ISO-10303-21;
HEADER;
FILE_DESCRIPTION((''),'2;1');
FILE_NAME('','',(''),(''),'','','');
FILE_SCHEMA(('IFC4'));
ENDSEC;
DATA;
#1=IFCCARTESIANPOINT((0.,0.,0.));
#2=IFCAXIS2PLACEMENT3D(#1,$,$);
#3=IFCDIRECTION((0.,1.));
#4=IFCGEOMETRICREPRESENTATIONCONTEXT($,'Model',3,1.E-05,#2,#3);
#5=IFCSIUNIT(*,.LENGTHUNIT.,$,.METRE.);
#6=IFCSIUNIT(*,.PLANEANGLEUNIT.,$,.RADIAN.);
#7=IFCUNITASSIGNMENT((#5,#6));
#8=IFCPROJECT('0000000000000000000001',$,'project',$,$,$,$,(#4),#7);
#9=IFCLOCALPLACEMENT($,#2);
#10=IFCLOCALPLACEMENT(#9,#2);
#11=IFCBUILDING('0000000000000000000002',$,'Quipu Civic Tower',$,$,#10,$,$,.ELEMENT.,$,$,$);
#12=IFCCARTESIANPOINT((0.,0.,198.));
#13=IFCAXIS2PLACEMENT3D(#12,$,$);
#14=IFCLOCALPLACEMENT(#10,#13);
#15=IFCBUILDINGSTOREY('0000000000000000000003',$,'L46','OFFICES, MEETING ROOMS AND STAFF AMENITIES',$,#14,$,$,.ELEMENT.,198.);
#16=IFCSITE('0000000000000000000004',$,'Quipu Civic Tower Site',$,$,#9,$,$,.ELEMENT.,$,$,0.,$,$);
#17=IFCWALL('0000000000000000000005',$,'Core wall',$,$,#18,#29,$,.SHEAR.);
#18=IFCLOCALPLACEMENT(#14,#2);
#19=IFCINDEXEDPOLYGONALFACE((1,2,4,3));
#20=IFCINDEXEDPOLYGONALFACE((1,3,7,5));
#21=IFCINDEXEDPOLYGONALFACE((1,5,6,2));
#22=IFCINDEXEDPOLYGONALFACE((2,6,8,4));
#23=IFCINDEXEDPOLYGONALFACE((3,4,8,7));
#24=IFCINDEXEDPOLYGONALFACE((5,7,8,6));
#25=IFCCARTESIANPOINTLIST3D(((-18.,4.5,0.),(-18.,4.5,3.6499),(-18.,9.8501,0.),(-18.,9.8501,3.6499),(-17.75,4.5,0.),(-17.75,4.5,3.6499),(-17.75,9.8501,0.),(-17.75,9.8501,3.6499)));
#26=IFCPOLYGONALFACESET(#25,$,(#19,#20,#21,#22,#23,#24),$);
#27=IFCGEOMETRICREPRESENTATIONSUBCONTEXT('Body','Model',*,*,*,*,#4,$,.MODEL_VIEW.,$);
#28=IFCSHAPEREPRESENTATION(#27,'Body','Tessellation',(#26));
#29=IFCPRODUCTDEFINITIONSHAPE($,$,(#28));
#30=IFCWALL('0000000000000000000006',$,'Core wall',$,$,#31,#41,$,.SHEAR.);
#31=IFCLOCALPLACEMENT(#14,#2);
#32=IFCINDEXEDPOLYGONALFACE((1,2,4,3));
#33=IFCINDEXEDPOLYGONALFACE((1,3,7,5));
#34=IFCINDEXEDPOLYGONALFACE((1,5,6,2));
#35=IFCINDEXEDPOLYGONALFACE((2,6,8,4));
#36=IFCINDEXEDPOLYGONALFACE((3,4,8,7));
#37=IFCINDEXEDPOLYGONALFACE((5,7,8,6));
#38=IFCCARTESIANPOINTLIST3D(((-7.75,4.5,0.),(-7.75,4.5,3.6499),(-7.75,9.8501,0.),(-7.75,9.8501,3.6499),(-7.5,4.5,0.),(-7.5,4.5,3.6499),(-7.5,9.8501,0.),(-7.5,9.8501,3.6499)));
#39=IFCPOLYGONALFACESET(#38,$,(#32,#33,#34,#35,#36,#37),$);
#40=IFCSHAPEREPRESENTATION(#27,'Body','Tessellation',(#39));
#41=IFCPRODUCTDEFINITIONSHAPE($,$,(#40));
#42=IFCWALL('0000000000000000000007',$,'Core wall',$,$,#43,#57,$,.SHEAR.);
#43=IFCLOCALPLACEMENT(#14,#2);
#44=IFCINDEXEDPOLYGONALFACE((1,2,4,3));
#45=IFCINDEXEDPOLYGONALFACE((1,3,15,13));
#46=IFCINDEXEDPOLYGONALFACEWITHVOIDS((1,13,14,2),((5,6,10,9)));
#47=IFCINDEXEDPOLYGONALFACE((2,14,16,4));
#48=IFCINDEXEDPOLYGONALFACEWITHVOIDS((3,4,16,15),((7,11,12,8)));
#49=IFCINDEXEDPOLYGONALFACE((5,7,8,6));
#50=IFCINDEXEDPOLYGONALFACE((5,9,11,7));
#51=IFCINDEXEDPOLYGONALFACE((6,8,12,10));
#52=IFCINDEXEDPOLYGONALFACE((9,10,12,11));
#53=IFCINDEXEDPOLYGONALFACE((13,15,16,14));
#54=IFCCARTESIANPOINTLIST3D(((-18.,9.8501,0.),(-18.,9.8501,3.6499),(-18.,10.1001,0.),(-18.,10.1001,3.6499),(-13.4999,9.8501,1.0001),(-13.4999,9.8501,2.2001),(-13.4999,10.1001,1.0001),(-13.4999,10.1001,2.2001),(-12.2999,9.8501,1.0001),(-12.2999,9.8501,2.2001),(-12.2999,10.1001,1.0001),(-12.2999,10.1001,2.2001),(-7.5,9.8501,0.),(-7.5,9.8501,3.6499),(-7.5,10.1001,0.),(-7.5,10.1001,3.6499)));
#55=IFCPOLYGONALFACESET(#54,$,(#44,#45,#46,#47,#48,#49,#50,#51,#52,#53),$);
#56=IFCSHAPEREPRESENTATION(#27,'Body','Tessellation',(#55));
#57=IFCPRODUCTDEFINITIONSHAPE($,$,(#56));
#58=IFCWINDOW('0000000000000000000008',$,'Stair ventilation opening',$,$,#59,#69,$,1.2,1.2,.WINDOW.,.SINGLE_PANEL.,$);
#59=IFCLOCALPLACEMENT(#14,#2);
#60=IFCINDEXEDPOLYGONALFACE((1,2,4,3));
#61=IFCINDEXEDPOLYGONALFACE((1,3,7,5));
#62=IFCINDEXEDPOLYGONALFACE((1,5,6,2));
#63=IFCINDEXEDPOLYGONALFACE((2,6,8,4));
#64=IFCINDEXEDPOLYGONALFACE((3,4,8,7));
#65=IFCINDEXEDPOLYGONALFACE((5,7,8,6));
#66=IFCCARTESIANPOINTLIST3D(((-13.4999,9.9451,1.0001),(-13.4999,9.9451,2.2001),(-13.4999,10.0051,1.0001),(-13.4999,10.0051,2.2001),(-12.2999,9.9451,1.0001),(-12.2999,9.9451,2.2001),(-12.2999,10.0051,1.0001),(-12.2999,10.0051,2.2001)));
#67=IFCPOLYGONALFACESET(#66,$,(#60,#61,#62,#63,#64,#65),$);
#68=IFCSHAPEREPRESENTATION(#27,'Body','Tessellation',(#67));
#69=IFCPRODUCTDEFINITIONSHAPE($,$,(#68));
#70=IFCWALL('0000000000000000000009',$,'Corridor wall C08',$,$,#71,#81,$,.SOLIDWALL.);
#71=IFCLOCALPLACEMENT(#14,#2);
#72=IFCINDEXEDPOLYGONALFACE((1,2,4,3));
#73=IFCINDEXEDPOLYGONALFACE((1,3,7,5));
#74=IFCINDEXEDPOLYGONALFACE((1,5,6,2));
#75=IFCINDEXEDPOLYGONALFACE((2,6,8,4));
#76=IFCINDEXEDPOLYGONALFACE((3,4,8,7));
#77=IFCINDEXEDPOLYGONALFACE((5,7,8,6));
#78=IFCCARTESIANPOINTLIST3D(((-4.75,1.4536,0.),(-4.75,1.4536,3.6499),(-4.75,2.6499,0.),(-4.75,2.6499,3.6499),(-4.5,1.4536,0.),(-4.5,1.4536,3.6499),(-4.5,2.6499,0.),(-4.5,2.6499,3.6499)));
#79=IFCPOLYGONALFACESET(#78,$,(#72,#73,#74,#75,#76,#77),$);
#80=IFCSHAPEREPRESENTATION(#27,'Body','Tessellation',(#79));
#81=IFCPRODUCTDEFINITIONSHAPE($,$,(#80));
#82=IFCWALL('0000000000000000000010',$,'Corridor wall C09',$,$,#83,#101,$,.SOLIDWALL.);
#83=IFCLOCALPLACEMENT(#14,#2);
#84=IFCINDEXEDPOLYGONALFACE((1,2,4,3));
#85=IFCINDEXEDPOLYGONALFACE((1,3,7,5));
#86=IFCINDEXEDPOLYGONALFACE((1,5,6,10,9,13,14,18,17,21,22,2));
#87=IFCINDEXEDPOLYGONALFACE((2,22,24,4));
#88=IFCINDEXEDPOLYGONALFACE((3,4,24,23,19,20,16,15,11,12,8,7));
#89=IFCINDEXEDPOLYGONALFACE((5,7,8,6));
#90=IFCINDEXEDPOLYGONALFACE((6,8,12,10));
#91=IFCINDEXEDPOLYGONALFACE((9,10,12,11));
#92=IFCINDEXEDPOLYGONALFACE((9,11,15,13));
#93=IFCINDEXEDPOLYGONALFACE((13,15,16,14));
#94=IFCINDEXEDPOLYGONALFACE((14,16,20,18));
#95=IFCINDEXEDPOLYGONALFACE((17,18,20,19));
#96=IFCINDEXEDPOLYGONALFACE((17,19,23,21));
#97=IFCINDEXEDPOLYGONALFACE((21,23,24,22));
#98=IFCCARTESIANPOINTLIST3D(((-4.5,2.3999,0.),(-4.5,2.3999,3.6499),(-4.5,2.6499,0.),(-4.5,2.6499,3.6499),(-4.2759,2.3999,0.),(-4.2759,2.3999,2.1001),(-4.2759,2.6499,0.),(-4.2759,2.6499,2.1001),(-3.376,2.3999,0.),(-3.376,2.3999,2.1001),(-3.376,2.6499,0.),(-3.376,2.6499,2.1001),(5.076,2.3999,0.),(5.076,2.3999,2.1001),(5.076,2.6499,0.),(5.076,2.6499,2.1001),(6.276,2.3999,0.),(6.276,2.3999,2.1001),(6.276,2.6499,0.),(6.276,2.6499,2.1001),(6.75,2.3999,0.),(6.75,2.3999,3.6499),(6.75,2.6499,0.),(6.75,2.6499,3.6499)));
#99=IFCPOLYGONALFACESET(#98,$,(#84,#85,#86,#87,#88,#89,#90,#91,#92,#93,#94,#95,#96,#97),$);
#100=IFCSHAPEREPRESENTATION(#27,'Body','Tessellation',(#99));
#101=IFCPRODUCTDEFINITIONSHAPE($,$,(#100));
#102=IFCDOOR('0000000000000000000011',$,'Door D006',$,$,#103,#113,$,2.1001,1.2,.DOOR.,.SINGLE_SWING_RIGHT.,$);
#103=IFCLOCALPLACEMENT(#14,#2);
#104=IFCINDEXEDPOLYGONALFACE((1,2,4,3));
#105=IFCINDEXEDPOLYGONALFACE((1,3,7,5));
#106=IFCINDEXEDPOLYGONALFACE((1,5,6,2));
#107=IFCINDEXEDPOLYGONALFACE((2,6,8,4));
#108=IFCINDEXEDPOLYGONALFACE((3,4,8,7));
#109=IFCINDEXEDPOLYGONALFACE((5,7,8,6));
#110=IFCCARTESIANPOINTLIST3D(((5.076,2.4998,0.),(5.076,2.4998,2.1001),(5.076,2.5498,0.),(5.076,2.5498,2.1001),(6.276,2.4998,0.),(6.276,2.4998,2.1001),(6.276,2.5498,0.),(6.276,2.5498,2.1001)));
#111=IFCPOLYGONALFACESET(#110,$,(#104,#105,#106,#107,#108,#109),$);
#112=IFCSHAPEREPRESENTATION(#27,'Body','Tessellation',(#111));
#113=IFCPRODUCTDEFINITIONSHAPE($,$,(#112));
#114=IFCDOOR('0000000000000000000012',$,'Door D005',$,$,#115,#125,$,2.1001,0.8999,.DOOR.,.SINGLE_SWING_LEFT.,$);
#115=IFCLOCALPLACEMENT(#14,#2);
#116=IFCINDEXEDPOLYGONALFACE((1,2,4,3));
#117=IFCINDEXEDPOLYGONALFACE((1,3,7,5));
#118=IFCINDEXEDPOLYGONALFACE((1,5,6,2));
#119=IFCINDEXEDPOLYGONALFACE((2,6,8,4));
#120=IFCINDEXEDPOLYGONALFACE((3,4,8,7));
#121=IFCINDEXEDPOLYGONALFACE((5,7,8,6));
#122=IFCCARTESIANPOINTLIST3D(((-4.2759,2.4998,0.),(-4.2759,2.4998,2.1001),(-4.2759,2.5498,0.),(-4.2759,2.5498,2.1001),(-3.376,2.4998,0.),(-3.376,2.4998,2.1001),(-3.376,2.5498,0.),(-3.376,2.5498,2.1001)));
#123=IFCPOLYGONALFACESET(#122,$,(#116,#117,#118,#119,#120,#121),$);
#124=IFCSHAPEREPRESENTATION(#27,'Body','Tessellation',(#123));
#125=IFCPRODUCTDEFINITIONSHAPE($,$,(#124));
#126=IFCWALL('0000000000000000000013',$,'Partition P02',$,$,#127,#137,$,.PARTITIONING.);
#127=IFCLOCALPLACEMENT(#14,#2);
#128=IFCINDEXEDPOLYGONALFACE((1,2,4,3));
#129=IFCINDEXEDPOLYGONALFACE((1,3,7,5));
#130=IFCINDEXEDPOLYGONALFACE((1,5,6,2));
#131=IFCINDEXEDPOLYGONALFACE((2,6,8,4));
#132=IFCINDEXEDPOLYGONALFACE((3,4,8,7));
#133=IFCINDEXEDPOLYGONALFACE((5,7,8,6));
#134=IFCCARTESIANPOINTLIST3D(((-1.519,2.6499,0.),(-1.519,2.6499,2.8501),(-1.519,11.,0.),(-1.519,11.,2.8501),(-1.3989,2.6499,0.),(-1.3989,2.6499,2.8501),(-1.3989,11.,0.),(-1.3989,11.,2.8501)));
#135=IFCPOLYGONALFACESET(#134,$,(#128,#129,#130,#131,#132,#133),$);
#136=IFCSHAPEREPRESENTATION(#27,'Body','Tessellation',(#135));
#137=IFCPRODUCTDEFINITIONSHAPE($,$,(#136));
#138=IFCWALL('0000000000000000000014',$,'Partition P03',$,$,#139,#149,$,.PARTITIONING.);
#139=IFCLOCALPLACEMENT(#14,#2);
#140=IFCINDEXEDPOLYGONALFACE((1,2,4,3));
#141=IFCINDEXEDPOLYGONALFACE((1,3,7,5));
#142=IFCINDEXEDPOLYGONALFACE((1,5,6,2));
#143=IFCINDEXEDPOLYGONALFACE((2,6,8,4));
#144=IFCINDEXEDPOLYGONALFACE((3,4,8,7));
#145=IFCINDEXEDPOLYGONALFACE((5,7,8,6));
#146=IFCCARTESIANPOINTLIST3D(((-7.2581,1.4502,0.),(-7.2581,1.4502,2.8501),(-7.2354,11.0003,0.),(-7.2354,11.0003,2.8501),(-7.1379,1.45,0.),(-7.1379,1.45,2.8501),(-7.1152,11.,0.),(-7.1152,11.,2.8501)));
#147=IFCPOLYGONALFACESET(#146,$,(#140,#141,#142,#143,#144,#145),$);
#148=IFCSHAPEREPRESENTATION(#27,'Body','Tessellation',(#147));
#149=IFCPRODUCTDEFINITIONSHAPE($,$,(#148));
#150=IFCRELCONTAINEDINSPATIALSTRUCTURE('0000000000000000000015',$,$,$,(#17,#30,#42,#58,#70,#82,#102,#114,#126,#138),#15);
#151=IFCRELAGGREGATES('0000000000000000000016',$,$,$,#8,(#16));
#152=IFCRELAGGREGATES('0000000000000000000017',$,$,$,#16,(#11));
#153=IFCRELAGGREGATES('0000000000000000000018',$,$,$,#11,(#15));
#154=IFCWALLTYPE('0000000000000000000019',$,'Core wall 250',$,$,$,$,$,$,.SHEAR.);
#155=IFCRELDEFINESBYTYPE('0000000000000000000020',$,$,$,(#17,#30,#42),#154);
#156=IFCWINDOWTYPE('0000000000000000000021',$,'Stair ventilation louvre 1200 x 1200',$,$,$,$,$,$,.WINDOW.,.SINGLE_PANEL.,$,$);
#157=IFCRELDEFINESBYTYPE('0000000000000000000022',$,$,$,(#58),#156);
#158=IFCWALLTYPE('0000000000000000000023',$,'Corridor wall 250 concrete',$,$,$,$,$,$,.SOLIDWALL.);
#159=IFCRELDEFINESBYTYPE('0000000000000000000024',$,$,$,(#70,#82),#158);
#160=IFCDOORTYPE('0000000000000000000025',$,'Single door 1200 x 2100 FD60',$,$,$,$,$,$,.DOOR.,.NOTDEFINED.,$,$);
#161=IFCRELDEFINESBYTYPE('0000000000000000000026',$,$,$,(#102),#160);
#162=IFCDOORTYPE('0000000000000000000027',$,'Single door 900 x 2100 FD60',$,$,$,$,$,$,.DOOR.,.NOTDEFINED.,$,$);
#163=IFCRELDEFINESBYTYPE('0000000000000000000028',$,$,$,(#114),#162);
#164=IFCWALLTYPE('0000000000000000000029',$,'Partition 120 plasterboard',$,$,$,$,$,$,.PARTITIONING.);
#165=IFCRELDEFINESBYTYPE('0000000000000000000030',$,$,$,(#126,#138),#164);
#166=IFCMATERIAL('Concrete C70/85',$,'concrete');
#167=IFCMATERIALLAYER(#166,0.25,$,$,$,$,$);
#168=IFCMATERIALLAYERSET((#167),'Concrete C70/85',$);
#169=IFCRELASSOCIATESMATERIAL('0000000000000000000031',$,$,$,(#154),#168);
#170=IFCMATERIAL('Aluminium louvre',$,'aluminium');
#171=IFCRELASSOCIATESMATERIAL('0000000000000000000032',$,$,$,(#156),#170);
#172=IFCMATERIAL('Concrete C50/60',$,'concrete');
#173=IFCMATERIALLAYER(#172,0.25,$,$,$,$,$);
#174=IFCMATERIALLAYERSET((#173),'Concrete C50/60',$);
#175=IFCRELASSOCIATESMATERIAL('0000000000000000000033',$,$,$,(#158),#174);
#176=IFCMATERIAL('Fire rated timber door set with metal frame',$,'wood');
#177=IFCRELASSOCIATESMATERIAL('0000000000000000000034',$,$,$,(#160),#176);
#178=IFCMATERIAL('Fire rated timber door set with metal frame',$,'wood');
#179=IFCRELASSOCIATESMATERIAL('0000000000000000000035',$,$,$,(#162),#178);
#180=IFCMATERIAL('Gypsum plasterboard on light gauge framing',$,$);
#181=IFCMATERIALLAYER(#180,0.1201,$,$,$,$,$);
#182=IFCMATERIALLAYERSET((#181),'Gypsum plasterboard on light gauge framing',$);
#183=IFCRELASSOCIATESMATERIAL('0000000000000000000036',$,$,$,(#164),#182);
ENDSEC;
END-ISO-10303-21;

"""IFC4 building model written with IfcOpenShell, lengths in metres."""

from ifc_helpers import new_model, si_unit, direction, frame, frame_2d, origin, place, context, subcontext, project, spatial, rectangle, extrude, material, layer, layer_set, type_object, element, fill, save


model = new_model("IFC4")

# Units and contexts
model_context = context("Model", 3, precision=1e-05, world=origin(), true_north=direction((0.0, 1.0)))
body_context = subcontext(model_context, "Body", "Model", "MODEL_VIEW")
ifc_project = project(units=[si_unit("LENGTHUNIT", "METRE"), si_unit("PLANEANGLEUNIT", "RADIAN")], contexts=[model_context])

# Site, building, storey
site_placement = place(None, origin())
site = spatial("IfcSite", under=ifc_project, at=site_placement, Name="Quipu Civic Tower Site", CompositionType="ELEMENT", RefElevation=0.0)
building_placement = place(site_placement, origin())
building = spatial("IfcBuilding", under=site, at=building_placement, Name="Quipu Civic Tower", CompositionType="ELEMENT")
storey_placement = place(building_placement, frame((0.0, 0.0, 198.0)))
storey = spatial("IfcBuildingStorey", under=building, at=storey_placement, Name="L46", Description="OFFICES, MEETING ROOMS AND STAFF AMENITIES", CompositionType="ELEMENT", Elevation=198.0)

# Shared definitions
ifc_material_1 = material(Name="Concrete C70/85", Category="concrete")
ifc_layer_1 = layer(ifc_material_1, 0.25)
ifc_layer_set_1 = layer_set([ifc_layer_1], Name="Concrete C70/85")
wall_type_1 = type_object("IfcWallType", Name="Core wall 250", PredefinedType="SHEAR", material=ifc_layer_set_1)

# Walls
for number, where, z_axis, x_axis, name in (
    (1, (-17.875, 4.5, 0.0), (0.0, 0.0, 1.0), (0.0, 1.0, 0.0), "Core wall"),
    (2, (-7.625, 4.5, 0.0), (0.0, 0.0, 1.0), (0.0, 1.0, 0.0), "Core wall"),
):
    element("IfcWall", number, at=place(storey_placement, frame(where, z_axis=z_axis, x_axis=x_axis)), inside=storey, type_object=wall_type_1, Name=name, PredefinedType="SHEAR", context=body_context, shape_type="SweptSolid", body=[
        extrude(rectangle(XDim=5.3501, YDim=0.25, at=frame_2d((2.675, 0.0))), origin(), (0.0, 0.0, 1.0), 3.6499),
    ])

# Wall, opening, window
wall_1_placement = place(storey_placement, frame((-18.0, 9.9751, 0.0), z_axis=(0.0, 0.0, 1.0), x_axis=(1.0, 0.0, 0.0)))
wall_1 = element("IfcWall", 3, at=wall_1_placement, inside=storey, type_object=wall_type_1, Name="Core wall", PredefinedType="SHEAR", context=body_context, shape_type="SweptSolid", body=[
    extrude(rectangle(XDim=10.5, YDim=0.25, at=frame_2d((5.25, 0.0))), origin(), (0.0, 0.0, 1.0), 3.6499),
])
opening_1_placement = place(wall_1_placement, frame((4.5, 0.0, 1.0)))
opening_1 = element("IfcOpeningElement", 4, at=opening_1_placement, cuts=wall_1, PredefinedType="OPENING", context=body_context, shape_type="SweptSolid", body=[
    extrude(rectangle(XDim=1.2, YDim=1.2, at=frame_2d((0.6001, 0.6001))), frame((0.0, 0.135, 0.0), z_axis=(0.0, -1.0, 0.0), x_axis=(1.0, 0.0, 0.0)), (0.0, 0.0, 1.0), 0.27),
])
ifc_material_2 = material(Name="Aluminium louvre", Category="aluminium")
window_type_1 = type_object("IfcWindowType", Name="Stair ventilation louvre 1200 x 1200", PartitioningType="SINGLE_PANEL", PredefinedType="WINDOW", material=ifc_material_2)
window_1_placement = place(opening_1_placement, origin())
window_1 = element("IfcWindow", 5, at=window_1_placement, inside=storey, type_object=window_type_1, Name="Stair ventilation opening", OverallHeight=1.2, OverallWidth=1.2, PartitioningType="SINGLE_PANEL", PredefinedType="WINDOW", context=body_context, shape_type="SweptSolid", body=[
    extrude(rectangle(XDim=1.2, YDim=1.2, at=frame_2d((0.6001, 0.6001))), frame((0.0, 0.03, 0.0), z_axis=(0.0, -1.0, 0.0), x_axis=(1.0, 0.0, 0.0)), (0.0, 0.0, 1.0), 0.0601),
])
fill(opening_1, window_1)

# Wall
ifc_material_3 = material(Name="Concrete C50/60", Category="concrete")
ifc_layer_2 = layer(ifc_material_3, 0.25)
ifc_layer_set_2 = layer_set([ifc_layer_2], Name="Concrete C50/60")
wall_type_2 = type_object("IfcWallType", Name="Corridor wall 250 concrete", PredefinedType="SOLIDWALL", material=ifc_layer_set_2)
wall_2_placement = place(storey_placement, frame((-4.625, 1.4536, 0.0), z_axis=(0.0, 0.0, 1.0), x_axis=(0.0, 1.0, 0.0)))
element("IfcWall", 6, at=wall_2_placement, inside=storey, type_object=wall_type_2, Name="Corridor wall C08", PredefinedType="SOLIDWALL", context=body_context, shape_type="SweptSolid", body=[
    extrude(rectangle(XDim=1.1963, YDim=0.25, at=frame_2d((0.5981, 0.0))), origin(), (0.0, 0.0, 1.0), 3.6499),
])

# Wall, openings, doors
wall_3_placement = place(storey_placement, frame((-4.5, 2.5249, 0.0), z_axis=(0.0, 0.0, 1.0), x_axis=(1.0, 0.0, 0.0)))
wall_3 = element("IfcWall", 7, at=wall_3_placement, inside=storey, type_object=wall_type_2, Name="Corridor wall C09", PredefinedType="SOLIDWALL", context=body_context, shape_type="SweptSolid", body=[
    extrude(rectangle(XDim=11.25, YDim=0.25, at=frame_2d((5.625, 0.0))), origin(), (0.0, 0.0, 1.0), 3.6499),
])
opening_2_placement = place(wall_3_placement, frame((0.2241, 0.0, 0.0)))
opening_2 = element("IfcOpeningElement", 8, at=opening_2_placement, cuts=wall_3, PredefinedType="OPENING", context=body_context, shape_type="SweptSolid", body=[
    extrude(rectangle(XDim=0.8999, YDim=2.1001, at=frame_2d((0.45, 1.05))), frame((0.0, 0.135, 0.0), z_axis=(0.0, -1.0, 0.0), x_axis=(1.0, 0.0, 0.0)), (0.0, 0.0, 1.0), 0.27),
])
opening_3_placement = place(wall_3_placement, frame((9.5759, 0.0, 0.0)))
opening_3 = element("IfcOpeningElement", 9, at=opening_3_placement, cuts=wall_3, PredefinedType="OPENING", context=body_context, shape_type="SweptSolid", body=[
    extrude(rectangle(XDim=1.2, YDim=2.1001, at=frame_2d((0.6001, 1.05))), frame((0.0, 0.135, 0.0), z_axis=(0.0, -1.0, 0.0), x_axis=(1.0, 0.0, 0.0)), (0.0, 0.0, 1.0), 0.27),
])
ifc_material_4 = material(Name="Fire rated timber door set with metal frame", Category="wood")
door_type_1 = type_object("IfcDoorType", Name="Single door 1200 x 2100 FD60", OperationType="NOTDEFINED", PredefinedType="DOOR", material=ifc_material_4)
door_1_placement = place(opening_3_placement, origin())
door_1 = element("IfcDoor", 10, at=door_1_placement, inside=storey, type_object=door_type_1, Name="Door D006", OperationType="SINGLE_SWING_RIGHT", OverallHeight=2.1001, OverallWidth=1.2, PredefinedType="DOOR", context=body_context, shape_type="SweptSolid", body=[
    extrude(rectangle(XDim=1.2, YDim=2.1001, at=frame_2d((0.6001, 1.05))), frame((0.0, 0.0249, 0.0), z_axis=(0.0, -1.0, 0.0), x_axis=(1.0, 0.0, 0.0)), (0.0, 0.0, 1.0), 0.05),
])
fill(opening_3, door_1)
ifc_material_5 = material(Name="Fire rated timber door set with metal frame", Category="wood")
door_type_2 = type_object("IfcDoorType", Name="Single door 900 x 2100 FD60", OperationType="NOTDEFINED", PredefinedType="DOOR", material=ifc_material_5)
door_2_placement = place(opening_2_placement, origin())
door_2 = element("IfcDoor", 11, at=door_2_placement, inside=storey, type_object=door_type_2, Name="Door D005", OperationType="SINGLE_SWING_LEFT", OverallHeight=2.1001, OverallWidth=0.8999, PredefinedType="DOOR", context=body_context, shape_type="SweptSolid", body=[
    extrude(rectangle(XDim=0.8999, YDim=2.1001, at=frame_2d((0.45, 1.05))), frame((0.0, 0.0249, 0.0), z_axis=(0.0, -1.0, 0.0), x_axis=(1.0, 0.0, 0.0)), (0.0, 0.0, 1.0), 0.05),
])
fill(opening_2, door_2)

# Walls
ifc_material_6 = material(Name="Gypsum plasterboard on light gauge framing")
ifc_layer_3 = layer(ifc_material_6, 0.1201)
ifc_layer_set_3 = layer_set([ifc_layer_3], Name="Gypsum plasterboard on light gauge framing")
wall_type_3 = type_object("IfcWallType", Name="Partition 120 plasterboard", PredefinedType="PARTITIONING", material=ifc_layer_set_3)
wall_4_placement = place(storey_placement, frame((-1.459, 2.6499, 0.0), z_axis=(0.0, 0.0, 1.0), x_axis=(0.0, 1.0, 0.0)))
element("IfcWall", 12, at=wall_4_placement, inside=storey, type_object=wall_type_3, Name="Partition P02", PredefinedType="PARTITIONING", context=body_context, shape_type="SweptSolid", body=[
    extrude(rectangle(XDim=8.3501, YDim=0.1201, at=frame_2d((4.175, 0.0))), origin(), (0.0, 0.0, 1.0), 2.8501),
])
wall_5_placement = place(storey_placement, frame((-7.1753, 11.0, 0.0), z_axis=(0.0, 0.0, 1.0), x_axis=(-0.002377, -0.999997, 0.0)))
element("IfcWall", 13, at=wall_5_placement, inside=storey, type_object=wall_type_3, Name="Partition P03", PredefinedType="PARTITIONING", context=body_context, shape_type="SweptSolid", body=[
    extrude(rectangle(XDim=9.55, YDim=0.1201, at=frame_2d((4.7749, 0.0))), origin(), (0.0, 0.0, 1.0), 2.8501),
])

save(model, "model.ifc")
